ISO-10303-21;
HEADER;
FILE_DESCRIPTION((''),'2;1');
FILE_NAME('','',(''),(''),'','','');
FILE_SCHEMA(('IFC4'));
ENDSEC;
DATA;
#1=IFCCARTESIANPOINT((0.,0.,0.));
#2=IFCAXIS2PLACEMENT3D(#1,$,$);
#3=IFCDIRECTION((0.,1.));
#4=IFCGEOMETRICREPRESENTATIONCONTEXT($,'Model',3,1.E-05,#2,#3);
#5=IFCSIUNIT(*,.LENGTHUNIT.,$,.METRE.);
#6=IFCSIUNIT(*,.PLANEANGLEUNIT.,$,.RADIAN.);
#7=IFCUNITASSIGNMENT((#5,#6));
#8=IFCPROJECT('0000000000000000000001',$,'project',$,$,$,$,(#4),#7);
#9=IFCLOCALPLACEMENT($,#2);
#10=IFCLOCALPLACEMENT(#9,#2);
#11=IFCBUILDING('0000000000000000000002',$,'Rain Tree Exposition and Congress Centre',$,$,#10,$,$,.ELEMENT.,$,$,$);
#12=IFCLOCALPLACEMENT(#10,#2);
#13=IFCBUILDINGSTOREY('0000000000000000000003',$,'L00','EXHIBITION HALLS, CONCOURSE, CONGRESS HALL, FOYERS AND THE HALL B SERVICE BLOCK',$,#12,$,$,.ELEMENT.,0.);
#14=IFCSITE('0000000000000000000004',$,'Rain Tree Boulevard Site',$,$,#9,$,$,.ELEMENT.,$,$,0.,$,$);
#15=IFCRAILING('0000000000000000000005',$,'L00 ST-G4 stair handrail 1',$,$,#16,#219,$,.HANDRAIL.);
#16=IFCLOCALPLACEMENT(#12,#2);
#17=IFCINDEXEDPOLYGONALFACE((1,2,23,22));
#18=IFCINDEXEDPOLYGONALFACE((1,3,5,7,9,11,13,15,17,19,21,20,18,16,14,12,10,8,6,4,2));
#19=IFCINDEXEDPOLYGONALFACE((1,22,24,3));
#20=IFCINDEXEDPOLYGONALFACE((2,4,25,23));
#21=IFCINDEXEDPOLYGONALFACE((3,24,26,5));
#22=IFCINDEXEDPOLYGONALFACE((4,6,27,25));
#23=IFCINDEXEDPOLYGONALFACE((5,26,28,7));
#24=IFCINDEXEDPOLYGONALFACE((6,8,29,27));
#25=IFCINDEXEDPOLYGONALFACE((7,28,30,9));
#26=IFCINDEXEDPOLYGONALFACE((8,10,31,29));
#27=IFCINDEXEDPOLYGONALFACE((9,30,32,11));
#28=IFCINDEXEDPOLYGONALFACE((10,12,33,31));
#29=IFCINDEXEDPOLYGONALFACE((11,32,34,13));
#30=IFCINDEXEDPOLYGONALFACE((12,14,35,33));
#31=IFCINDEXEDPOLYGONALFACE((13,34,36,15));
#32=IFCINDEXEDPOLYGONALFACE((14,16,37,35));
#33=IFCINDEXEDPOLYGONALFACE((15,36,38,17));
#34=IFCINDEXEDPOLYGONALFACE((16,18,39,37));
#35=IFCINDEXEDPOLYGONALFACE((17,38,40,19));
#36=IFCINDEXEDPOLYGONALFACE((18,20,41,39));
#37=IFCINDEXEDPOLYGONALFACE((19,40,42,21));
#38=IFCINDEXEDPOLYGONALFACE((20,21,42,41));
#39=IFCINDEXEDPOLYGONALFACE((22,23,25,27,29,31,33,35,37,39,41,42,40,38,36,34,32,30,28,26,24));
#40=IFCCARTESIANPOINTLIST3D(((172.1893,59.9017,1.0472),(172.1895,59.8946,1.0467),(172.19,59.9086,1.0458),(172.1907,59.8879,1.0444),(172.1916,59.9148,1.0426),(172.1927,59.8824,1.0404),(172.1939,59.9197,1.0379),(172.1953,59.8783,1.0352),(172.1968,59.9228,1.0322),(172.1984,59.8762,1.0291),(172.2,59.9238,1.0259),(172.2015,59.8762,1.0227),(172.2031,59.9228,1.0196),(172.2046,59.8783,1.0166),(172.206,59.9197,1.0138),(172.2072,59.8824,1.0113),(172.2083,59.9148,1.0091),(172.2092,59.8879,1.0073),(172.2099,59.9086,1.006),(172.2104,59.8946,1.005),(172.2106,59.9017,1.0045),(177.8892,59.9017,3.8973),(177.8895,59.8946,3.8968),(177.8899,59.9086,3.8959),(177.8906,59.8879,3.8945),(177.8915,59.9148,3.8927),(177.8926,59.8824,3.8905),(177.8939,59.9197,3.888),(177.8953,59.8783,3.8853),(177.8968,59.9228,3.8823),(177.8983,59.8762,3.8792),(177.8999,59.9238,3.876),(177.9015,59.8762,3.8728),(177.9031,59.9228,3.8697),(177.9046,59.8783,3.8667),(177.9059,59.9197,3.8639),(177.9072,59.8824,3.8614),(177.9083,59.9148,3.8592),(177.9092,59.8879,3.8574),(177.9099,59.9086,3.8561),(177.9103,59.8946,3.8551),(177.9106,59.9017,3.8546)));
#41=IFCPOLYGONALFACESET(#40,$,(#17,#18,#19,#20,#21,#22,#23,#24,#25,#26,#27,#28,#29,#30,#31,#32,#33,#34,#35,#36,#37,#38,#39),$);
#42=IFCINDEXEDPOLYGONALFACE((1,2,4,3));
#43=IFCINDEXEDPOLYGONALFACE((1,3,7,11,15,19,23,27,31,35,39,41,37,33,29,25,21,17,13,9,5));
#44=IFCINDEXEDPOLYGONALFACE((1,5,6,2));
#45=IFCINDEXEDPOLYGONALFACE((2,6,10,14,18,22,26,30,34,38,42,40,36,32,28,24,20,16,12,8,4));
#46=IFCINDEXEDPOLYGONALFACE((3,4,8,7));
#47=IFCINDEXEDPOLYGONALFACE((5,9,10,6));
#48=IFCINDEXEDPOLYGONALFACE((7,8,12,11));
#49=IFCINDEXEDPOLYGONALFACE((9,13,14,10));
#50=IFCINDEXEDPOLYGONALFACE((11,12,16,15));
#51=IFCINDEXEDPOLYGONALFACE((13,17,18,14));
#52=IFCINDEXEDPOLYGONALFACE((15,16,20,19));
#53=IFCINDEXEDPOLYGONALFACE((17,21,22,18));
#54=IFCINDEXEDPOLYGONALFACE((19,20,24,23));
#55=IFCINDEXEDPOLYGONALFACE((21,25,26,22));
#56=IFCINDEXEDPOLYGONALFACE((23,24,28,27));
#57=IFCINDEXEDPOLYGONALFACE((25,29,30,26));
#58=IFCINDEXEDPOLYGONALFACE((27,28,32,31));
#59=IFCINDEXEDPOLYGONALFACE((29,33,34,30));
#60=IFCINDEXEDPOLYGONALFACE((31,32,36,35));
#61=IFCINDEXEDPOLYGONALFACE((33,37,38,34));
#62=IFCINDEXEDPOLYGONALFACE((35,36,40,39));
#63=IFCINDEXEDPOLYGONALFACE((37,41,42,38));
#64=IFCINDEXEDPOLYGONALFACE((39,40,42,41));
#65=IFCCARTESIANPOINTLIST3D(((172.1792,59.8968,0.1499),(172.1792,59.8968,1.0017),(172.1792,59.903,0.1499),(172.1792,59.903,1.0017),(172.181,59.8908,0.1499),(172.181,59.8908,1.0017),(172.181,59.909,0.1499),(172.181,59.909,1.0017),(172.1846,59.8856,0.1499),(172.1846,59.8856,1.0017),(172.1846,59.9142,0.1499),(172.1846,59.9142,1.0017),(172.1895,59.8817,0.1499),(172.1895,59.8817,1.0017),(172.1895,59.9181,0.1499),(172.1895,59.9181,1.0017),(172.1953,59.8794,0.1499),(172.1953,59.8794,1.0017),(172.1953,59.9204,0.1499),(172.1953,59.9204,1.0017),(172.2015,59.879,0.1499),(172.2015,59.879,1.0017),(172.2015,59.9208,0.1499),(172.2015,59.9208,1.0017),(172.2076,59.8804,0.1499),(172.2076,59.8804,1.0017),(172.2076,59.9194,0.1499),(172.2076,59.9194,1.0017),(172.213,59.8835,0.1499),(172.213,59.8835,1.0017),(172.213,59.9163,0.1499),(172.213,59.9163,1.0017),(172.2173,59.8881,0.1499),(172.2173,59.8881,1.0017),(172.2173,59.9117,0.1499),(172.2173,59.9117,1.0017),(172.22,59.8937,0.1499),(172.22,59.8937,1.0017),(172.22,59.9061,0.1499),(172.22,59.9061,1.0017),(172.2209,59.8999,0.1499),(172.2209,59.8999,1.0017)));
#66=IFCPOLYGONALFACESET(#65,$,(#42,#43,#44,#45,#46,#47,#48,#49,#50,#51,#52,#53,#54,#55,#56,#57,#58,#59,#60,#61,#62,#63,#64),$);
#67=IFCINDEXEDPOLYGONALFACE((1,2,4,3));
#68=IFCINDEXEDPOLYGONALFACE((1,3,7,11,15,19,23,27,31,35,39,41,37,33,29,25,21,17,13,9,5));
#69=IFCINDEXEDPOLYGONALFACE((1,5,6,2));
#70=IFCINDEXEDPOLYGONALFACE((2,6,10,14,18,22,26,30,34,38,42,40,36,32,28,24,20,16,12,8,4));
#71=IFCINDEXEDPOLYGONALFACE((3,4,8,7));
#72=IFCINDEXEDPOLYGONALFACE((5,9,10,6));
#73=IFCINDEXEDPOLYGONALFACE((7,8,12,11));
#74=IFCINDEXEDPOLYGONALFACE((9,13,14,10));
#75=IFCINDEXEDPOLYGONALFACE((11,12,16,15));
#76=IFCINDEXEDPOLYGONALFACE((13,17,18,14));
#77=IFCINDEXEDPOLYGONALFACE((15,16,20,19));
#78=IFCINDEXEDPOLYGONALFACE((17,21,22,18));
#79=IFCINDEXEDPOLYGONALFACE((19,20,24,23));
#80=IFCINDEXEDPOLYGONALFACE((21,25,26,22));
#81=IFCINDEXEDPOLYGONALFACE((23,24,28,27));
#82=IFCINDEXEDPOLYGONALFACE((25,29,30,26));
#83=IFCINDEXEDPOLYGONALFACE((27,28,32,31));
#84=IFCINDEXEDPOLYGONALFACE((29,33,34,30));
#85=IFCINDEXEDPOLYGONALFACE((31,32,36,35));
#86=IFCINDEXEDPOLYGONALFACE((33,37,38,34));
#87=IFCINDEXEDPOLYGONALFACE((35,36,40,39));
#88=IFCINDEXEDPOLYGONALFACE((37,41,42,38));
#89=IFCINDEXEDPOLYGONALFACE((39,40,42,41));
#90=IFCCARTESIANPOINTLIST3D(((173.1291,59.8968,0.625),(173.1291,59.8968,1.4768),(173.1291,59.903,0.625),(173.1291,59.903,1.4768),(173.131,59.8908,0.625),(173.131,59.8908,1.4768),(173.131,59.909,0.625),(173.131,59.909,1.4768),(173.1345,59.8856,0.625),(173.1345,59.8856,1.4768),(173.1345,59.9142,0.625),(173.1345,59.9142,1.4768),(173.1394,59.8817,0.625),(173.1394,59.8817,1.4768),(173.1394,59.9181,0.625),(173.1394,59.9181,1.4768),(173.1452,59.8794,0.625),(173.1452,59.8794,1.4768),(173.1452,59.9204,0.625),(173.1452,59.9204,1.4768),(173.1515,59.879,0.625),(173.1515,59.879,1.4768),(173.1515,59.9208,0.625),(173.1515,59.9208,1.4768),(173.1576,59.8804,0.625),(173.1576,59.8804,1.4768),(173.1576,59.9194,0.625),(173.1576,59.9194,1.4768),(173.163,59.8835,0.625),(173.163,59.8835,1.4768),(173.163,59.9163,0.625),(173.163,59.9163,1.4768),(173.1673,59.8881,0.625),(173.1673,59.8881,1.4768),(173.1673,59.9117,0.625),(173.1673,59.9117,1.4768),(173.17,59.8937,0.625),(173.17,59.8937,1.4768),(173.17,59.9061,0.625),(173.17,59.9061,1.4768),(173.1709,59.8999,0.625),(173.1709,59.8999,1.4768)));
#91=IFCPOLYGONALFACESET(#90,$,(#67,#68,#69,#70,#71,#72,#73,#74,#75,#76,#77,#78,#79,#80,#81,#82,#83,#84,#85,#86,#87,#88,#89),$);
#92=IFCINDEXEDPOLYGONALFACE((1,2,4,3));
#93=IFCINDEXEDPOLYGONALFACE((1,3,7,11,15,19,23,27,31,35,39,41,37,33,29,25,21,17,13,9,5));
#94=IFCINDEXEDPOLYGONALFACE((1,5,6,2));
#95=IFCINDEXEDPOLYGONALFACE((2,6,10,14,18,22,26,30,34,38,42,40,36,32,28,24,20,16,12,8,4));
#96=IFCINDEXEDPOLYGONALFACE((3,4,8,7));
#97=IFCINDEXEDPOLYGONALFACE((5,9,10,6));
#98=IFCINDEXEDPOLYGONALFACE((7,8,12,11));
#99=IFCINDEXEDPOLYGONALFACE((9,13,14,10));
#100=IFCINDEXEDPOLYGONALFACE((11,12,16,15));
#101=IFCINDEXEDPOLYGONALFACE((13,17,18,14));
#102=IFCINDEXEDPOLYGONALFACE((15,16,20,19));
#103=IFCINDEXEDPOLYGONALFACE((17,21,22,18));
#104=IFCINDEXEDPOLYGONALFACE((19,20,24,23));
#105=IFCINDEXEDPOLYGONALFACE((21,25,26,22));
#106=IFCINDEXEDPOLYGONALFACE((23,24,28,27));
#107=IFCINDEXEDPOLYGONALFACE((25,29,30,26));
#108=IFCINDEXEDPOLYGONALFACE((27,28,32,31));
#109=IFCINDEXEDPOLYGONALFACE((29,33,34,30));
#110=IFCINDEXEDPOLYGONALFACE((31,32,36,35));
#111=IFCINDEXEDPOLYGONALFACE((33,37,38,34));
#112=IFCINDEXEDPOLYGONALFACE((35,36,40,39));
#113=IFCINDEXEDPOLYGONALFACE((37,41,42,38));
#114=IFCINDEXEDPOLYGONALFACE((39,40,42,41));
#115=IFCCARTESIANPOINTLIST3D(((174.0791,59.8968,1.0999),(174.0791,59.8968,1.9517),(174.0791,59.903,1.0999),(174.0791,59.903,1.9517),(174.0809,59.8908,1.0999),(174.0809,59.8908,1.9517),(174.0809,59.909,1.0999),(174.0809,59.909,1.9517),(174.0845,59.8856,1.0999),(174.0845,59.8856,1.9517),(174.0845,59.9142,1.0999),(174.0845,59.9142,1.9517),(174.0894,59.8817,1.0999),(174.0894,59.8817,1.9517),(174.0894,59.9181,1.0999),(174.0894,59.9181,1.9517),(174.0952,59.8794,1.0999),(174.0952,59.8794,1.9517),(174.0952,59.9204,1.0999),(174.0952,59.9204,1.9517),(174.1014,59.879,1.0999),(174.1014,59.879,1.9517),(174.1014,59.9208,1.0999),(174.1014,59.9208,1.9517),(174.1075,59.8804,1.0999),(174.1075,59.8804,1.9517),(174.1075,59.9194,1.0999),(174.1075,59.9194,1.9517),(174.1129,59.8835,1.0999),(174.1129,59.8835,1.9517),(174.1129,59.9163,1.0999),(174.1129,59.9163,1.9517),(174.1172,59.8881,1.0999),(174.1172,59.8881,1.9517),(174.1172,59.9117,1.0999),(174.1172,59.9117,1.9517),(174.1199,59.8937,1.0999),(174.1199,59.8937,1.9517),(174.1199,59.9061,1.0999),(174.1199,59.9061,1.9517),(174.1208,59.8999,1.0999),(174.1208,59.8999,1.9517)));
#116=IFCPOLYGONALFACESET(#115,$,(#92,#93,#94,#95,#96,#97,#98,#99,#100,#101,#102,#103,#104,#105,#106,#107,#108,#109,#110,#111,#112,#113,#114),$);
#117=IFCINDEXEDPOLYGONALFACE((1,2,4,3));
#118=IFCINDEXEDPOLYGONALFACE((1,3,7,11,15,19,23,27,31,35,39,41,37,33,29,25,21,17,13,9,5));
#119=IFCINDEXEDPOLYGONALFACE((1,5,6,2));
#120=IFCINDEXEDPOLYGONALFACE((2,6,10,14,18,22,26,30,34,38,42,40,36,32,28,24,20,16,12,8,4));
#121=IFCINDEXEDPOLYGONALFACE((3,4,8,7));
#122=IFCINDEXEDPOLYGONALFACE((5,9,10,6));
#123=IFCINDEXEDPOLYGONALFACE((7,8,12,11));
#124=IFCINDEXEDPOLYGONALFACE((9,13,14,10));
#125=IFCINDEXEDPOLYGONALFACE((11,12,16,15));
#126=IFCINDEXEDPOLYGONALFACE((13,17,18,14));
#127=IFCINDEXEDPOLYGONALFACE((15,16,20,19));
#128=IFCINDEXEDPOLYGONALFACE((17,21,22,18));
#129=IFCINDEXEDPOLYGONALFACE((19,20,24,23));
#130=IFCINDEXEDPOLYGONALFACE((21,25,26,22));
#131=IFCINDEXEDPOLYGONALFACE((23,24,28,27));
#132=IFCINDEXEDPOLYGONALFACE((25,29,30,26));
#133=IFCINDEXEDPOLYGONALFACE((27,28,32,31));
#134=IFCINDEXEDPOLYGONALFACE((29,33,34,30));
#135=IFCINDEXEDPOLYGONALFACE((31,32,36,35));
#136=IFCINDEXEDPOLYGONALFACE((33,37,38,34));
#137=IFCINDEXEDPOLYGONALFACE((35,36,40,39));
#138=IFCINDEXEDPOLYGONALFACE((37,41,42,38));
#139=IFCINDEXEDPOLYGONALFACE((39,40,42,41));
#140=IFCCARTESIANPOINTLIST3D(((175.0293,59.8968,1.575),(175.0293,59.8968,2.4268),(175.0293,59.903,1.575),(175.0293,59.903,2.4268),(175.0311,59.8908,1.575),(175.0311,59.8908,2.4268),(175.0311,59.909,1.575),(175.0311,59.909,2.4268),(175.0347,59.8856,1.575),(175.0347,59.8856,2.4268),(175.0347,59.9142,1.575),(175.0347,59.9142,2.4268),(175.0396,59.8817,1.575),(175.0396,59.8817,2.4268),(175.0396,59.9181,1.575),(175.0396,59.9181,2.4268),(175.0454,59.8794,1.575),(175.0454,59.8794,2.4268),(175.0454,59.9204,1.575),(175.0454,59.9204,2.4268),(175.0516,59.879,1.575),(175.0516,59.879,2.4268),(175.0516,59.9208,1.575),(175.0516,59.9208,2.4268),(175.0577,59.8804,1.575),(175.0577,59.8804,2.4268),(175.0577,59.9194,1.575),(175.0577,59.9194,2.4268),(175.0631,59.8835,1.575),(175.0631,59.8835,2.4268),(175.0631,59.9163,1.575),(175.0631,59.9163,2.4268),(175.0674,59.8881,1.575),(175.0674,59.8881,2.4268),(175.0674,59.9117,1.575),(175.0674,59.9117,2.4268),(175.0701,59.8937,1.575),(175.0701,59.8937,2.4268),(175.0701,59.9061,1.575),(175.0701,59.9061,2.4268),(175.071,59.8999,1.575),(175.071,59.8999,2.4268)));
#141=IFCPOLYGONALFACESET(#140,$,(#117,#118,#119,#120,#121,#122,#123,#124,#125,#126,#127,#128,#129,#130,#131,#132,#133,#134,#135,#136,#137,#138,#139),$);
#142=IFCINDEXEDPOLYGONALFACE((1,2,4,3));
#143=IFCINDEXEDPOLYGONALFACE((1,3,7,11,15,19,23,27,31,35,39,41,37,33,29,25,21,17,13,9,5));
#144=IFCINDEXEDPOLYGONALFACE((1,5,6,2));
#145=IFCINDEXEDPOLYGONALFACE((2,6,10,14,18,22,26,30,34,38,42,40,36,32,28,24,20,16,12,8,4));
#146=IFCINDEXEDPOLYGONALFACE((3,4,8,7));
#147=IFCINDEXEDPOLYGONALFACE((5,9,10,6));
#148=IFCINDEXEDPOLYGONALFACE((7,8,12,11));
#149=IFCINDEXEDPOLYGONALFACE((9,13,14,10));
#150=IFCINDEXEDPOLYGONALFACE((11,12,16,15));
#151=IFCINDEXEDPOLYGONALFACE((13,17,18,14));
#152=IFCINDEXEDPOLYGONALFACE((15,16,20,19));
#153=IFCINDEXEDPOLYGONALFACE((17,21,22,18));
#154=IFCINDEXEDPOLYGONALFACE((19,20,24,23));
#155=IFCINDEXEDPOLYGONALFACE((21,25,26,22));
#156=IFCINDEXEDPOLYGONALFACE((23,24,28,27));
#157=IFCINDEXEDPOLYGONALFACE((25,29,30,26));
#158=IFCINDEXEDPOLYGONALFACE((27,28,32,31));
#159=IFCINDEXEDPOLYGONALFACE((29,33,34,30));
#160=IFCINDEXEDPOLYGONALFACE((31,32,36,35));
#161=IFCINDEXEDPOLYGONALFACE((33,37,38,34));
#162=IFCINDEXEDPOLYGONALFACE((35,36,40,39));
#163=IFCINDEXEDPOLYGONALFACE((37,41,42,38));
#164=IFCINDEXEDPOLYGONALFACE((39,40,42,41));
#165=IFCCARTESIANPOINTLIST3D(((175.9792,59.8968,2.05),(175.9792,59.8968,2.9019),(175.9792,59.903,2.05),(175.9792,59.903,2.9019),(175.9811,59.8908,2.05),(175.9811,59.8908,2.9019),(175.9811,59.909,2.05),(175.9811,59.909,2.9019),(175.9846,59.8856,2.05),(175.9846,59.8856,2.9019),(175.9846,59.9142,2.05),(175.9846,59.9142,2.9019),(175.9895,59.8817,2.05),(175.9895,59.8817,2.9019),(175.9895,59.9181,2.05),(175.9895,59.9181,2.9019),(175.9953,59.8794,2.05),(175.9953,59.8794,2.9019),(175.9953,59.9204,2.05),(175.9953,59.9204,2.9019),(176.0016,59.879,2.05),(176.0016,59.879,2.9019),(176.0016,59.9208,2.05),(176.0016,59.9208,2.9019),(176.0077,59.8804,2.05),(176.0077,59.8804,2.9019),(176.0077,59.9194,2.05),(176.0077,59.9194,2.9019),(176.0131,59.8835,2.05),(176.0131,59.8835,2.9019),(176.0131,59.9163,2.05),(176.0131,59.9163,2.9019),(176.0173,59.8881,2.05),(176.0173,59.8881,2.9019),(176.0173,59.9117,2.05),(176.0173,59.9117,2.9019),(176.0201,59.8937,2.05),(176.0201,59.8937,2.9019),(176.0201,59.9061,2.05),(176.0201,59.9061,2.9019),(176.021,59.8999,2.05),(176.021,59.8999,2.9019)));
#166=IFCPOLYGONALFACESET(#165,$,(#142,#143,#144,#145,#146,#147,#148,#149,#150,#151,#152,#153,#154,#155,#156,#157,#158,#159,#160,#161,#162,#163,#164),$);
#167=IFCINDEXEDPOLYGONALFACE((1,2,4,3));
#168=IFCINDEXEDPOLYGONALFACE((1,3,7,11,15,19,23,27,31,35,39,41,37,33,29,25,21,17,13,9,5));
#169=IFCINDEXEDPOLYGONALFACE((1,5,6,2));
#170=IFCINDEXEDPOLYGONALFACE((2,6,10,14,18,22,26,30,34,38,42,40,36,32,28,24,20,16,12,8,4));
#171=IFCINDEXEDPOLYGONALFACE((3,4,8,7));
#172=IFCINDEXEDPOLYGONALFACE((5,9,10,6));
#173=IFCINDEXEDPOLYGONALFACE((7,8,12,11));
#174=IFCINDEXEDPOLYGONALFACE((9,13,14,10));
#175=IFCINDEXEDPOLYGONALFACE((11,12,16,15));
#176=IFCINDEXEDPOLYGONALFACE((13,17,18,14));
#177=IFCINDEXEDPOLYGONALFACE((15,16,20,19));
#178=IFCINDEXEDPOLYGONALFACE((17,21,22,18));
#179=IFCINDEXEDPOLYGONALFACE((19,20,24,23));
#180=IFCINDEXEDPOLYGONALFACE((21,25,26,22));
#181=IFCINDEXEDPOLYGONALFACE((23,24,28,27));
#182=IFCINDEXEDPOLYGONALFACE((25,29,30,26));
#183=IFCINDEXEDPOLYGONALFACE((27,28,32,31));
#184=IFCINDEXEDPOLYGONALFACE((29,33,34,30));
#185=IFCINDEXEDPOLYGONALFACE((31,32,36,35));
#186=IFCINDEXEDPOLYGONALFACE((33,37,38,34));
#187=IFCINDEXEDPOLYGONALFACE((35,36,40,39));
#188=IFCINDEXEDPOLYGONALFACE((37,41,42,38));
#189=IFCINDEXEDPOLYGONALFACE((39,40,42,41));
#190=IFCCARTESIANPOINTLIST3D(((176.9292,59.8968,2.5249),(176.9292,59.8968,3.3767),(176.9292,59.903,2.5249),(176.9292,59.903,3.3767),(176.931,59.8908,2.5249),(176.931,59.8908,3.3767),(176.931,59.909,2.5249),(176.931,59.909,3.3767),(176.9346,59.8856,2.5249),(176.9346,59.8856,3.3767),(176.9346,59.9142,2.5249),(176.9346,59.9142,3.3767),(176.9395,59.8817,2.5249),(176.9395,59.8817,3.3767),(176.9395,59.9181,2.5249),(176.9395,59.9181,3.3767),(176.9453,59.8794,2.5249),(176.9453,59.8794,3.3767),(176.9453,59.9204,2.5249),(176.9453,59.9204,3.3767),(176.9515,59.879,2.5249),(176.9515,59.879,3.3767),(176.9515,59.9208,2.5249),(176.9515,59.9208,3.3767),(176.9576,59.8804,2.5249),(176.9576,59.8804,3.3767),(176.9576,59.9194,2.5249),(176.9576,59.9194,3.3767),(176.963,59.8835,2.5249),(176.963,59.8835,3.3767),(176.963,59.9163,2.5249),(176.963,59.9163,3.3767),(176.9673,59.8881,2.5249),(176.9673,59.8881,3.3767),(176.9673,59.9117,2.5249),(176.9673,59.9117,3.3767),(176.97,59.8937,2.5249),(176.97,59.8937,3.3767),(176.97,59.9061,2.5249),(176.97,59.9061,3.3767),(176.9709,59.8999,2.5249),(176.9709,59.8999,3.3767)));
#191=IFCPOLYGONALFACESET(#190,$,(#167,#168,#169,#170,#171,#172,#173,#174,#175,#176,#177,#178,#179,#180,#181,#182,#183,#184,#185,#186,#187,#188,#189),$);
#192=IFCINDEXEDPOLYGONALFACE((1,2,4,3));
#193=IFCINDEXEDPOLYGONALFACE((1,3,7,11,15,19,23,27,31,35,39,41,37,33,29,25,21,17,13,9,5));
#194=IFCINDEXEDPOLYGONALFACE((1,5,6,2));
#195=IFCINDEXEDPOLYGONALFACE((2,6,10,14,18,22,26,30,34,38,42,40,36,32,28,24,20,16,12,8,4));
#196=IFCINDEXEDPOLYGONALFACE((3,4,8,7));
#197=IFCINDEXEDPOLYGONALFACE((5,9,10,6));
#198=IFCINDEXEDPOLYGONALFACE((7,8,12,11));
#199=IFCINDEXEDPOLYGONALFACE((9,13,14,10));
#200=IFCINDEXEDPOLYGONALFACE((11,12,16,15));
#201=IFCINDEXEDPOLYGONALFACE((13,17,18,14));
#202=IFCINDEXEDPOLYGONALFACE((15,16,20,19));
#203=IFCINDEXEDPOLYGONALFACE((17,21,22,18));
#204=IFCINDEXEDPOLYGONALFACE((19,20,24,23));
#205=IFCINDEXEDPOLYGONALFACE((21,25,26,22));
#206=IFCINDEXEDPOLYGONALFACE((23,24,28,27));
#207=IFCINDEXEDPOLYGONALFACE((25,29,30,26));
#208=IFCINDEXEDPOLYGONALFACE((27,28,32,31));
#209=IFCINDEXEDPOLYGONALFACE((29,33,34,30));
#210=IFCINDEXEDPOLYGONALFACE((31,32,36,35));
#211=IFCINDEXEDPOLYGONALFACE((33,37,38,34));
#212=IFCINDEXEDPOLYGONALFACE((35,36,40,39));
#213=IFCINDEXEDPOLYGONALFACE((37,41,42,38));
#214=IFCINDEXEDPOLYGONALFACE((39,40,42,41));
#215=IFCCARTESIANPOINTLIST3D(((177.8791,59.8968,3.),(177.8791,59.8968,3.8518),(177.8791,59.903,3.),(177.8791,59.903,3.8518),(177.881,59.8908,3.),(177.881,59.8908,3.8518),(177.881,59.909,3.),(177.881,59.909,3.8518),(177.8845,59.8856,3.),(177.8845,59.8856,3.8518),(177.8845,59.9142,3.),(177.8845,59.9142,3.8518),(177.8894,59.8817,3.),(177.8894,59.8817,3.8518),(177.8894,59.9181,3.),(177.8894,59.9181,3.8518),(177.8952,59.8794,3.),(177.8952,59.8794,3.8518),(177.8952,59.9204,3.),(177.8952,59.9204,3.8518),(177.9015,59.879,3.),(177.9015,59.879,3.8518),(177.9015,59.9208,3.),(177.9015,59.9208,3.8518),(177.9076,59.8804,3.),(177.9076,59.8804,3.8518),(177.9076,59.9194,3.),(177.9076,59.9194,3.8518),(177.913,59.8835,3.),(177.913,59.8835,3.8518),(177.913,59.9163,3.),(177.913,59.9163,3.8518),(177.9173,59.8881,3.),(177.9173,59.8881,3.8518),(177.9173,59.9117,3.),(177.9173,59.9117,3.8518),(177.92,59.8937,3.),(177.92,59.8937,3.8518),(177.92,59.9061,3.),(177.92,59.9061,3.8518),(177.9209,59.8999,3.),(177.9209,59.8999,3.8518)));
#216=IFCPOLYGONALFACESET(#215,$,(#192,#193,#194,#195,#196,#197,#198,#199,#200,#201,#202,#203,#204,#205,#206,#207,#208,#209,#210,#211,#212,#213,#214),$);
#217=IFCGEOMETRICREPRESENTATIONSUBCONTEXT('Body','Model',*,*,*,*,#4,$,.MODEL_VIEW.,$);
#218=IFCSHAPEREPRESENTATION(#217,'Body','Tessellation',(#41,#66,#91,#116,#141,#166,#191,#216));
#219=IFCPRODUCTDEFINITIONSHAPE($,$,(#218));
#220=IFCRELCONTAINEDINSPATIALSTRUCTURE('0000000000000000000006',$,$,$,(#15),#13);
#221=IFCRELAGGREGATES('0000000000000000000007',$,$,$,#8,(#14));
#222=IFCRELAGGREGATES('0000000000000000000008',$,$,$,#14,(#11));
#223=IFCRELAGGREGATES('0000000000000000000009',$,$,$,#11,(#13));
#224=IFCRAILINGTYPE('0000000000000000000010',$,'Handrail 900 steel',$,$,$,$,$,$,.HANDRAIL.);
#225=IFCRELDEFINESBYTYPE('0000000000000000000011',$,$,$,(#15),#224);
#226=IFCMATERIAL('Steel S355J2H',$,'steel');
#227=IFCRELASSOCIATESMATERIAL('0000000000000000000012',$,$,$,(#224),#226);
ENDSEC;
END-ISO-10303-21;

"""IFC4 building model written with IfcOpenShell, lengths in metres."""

from ifc_helpers import new_model, si_unit, direction, frame, origin, origin_2d, place, context, subcontext, project, spatial, circle, extrude, material, type_object, element, save


model = new_model("IFC4")

# Units and contexts
model_context = context("Model", 3, precision=1e-05, world=origin(), true_north=direction((0.0, 1.0)))
body_context = subcontext(model_context, "Body", "Model", "MODEL_VIEW")
ifc_project = project(units=[si_unit("LENGTHUNIT", "METRE"), si_unit("PLANEANGLEUNIT", "RADIAN")], contexts=[model_context])

# Site, building, storey
site_placement = place(None, origin())
site = spatial("IfcSite", under=ifc_project, at=site_placement, Name="Rain Tree Boulevard Site", CompositionType="ELEMENT", RefElevation=0.0)
building_placement = place(site_placement, origin())
building = spatial("IfcBuilding", under=site, at=building_placement, Name="Rain Tree Exposition and Congress Centre", CompositionType="ELEMENT")
storey_placement = place(building_placement, origin())
storey = spatial("IfcBuildingStorey", under=building, at=storey_placement, Name="L00", Description="EXHIBITION HALLS, CONCOURSE, CONGRESS HALL, FOYERS AND THE HALL B SERVICE BLOCK", CompositionType="ELEMENT", Elevation=0.0)

# Railing
ifc_material_1 = material(Name="Steel S355J2H", Category="steel")
railing_type_1 = type_object("IfcRailingType", Name="Handrail 900 steel", PredefinedType="HANDRAIL", material=ifc_material_1)
for number, where, name in (
    (1, (172.2, 59.8999, 0.1499), "L00 ST-G4 stair handrail 1"),
):
    element("IfcRailing", number, at=place(storey_placement, frame(where)), inside=storey, type_object=railing_type_1, Name=name, PredefinedType="HANDRAIL", context=body_context, shape_type="SweptSolid", body=[
        extrude(circle(Radius=0.0239, at=origin_2d()), frame((0.0, 0.0, 0.876), z_axis=(0.89442, 0.0, 0.447229), x_axis=(0.0, 1.0, 0.0)), (0.0, 0.0, 1.0), 6.3728),
        extrude(circle(Radius=0.021, at=origin_2d()), origin(), (0.0, 0.0, 1.0), 0.8518),
        extrude(circle(Radius=0.021, at=origin_2d()), frame((0.95, 0.0, 0.4751)), (0.0, 0.0, 1.0), 0.8518),
        extrude(circle(Radius=0.021, at=origin_2d()), frame((1.8999, 0.0, 0.95)), (0.0, 0.0, 1.0), 0.8518),
        extrude(circle(Radius=0.021, at=origin_2d()), frame((2.8501, 0.0, 1.425)), (0.0, 0.0, 1.0), 0.8518),
        extrude(circle(Radius=0.021, at=origin_2d()), frame((3.8, 0.0, 1.9001)), (0.0, 0.0, 1.0), 0.8518),
        extrude(circle(Radius=0.021, at=origin_2d()), frame((4.75, 0.0, 2.375)), (0.0, 0.0, 1.0), 0.8518),
        extrude(circle(Radius=0.021, at=origin_2d()), frame((5.7, 0.0, 2.8501)), (0.0, 0.0, 1.0), 0.8518),
    ])

save(model, "model.ifc")
